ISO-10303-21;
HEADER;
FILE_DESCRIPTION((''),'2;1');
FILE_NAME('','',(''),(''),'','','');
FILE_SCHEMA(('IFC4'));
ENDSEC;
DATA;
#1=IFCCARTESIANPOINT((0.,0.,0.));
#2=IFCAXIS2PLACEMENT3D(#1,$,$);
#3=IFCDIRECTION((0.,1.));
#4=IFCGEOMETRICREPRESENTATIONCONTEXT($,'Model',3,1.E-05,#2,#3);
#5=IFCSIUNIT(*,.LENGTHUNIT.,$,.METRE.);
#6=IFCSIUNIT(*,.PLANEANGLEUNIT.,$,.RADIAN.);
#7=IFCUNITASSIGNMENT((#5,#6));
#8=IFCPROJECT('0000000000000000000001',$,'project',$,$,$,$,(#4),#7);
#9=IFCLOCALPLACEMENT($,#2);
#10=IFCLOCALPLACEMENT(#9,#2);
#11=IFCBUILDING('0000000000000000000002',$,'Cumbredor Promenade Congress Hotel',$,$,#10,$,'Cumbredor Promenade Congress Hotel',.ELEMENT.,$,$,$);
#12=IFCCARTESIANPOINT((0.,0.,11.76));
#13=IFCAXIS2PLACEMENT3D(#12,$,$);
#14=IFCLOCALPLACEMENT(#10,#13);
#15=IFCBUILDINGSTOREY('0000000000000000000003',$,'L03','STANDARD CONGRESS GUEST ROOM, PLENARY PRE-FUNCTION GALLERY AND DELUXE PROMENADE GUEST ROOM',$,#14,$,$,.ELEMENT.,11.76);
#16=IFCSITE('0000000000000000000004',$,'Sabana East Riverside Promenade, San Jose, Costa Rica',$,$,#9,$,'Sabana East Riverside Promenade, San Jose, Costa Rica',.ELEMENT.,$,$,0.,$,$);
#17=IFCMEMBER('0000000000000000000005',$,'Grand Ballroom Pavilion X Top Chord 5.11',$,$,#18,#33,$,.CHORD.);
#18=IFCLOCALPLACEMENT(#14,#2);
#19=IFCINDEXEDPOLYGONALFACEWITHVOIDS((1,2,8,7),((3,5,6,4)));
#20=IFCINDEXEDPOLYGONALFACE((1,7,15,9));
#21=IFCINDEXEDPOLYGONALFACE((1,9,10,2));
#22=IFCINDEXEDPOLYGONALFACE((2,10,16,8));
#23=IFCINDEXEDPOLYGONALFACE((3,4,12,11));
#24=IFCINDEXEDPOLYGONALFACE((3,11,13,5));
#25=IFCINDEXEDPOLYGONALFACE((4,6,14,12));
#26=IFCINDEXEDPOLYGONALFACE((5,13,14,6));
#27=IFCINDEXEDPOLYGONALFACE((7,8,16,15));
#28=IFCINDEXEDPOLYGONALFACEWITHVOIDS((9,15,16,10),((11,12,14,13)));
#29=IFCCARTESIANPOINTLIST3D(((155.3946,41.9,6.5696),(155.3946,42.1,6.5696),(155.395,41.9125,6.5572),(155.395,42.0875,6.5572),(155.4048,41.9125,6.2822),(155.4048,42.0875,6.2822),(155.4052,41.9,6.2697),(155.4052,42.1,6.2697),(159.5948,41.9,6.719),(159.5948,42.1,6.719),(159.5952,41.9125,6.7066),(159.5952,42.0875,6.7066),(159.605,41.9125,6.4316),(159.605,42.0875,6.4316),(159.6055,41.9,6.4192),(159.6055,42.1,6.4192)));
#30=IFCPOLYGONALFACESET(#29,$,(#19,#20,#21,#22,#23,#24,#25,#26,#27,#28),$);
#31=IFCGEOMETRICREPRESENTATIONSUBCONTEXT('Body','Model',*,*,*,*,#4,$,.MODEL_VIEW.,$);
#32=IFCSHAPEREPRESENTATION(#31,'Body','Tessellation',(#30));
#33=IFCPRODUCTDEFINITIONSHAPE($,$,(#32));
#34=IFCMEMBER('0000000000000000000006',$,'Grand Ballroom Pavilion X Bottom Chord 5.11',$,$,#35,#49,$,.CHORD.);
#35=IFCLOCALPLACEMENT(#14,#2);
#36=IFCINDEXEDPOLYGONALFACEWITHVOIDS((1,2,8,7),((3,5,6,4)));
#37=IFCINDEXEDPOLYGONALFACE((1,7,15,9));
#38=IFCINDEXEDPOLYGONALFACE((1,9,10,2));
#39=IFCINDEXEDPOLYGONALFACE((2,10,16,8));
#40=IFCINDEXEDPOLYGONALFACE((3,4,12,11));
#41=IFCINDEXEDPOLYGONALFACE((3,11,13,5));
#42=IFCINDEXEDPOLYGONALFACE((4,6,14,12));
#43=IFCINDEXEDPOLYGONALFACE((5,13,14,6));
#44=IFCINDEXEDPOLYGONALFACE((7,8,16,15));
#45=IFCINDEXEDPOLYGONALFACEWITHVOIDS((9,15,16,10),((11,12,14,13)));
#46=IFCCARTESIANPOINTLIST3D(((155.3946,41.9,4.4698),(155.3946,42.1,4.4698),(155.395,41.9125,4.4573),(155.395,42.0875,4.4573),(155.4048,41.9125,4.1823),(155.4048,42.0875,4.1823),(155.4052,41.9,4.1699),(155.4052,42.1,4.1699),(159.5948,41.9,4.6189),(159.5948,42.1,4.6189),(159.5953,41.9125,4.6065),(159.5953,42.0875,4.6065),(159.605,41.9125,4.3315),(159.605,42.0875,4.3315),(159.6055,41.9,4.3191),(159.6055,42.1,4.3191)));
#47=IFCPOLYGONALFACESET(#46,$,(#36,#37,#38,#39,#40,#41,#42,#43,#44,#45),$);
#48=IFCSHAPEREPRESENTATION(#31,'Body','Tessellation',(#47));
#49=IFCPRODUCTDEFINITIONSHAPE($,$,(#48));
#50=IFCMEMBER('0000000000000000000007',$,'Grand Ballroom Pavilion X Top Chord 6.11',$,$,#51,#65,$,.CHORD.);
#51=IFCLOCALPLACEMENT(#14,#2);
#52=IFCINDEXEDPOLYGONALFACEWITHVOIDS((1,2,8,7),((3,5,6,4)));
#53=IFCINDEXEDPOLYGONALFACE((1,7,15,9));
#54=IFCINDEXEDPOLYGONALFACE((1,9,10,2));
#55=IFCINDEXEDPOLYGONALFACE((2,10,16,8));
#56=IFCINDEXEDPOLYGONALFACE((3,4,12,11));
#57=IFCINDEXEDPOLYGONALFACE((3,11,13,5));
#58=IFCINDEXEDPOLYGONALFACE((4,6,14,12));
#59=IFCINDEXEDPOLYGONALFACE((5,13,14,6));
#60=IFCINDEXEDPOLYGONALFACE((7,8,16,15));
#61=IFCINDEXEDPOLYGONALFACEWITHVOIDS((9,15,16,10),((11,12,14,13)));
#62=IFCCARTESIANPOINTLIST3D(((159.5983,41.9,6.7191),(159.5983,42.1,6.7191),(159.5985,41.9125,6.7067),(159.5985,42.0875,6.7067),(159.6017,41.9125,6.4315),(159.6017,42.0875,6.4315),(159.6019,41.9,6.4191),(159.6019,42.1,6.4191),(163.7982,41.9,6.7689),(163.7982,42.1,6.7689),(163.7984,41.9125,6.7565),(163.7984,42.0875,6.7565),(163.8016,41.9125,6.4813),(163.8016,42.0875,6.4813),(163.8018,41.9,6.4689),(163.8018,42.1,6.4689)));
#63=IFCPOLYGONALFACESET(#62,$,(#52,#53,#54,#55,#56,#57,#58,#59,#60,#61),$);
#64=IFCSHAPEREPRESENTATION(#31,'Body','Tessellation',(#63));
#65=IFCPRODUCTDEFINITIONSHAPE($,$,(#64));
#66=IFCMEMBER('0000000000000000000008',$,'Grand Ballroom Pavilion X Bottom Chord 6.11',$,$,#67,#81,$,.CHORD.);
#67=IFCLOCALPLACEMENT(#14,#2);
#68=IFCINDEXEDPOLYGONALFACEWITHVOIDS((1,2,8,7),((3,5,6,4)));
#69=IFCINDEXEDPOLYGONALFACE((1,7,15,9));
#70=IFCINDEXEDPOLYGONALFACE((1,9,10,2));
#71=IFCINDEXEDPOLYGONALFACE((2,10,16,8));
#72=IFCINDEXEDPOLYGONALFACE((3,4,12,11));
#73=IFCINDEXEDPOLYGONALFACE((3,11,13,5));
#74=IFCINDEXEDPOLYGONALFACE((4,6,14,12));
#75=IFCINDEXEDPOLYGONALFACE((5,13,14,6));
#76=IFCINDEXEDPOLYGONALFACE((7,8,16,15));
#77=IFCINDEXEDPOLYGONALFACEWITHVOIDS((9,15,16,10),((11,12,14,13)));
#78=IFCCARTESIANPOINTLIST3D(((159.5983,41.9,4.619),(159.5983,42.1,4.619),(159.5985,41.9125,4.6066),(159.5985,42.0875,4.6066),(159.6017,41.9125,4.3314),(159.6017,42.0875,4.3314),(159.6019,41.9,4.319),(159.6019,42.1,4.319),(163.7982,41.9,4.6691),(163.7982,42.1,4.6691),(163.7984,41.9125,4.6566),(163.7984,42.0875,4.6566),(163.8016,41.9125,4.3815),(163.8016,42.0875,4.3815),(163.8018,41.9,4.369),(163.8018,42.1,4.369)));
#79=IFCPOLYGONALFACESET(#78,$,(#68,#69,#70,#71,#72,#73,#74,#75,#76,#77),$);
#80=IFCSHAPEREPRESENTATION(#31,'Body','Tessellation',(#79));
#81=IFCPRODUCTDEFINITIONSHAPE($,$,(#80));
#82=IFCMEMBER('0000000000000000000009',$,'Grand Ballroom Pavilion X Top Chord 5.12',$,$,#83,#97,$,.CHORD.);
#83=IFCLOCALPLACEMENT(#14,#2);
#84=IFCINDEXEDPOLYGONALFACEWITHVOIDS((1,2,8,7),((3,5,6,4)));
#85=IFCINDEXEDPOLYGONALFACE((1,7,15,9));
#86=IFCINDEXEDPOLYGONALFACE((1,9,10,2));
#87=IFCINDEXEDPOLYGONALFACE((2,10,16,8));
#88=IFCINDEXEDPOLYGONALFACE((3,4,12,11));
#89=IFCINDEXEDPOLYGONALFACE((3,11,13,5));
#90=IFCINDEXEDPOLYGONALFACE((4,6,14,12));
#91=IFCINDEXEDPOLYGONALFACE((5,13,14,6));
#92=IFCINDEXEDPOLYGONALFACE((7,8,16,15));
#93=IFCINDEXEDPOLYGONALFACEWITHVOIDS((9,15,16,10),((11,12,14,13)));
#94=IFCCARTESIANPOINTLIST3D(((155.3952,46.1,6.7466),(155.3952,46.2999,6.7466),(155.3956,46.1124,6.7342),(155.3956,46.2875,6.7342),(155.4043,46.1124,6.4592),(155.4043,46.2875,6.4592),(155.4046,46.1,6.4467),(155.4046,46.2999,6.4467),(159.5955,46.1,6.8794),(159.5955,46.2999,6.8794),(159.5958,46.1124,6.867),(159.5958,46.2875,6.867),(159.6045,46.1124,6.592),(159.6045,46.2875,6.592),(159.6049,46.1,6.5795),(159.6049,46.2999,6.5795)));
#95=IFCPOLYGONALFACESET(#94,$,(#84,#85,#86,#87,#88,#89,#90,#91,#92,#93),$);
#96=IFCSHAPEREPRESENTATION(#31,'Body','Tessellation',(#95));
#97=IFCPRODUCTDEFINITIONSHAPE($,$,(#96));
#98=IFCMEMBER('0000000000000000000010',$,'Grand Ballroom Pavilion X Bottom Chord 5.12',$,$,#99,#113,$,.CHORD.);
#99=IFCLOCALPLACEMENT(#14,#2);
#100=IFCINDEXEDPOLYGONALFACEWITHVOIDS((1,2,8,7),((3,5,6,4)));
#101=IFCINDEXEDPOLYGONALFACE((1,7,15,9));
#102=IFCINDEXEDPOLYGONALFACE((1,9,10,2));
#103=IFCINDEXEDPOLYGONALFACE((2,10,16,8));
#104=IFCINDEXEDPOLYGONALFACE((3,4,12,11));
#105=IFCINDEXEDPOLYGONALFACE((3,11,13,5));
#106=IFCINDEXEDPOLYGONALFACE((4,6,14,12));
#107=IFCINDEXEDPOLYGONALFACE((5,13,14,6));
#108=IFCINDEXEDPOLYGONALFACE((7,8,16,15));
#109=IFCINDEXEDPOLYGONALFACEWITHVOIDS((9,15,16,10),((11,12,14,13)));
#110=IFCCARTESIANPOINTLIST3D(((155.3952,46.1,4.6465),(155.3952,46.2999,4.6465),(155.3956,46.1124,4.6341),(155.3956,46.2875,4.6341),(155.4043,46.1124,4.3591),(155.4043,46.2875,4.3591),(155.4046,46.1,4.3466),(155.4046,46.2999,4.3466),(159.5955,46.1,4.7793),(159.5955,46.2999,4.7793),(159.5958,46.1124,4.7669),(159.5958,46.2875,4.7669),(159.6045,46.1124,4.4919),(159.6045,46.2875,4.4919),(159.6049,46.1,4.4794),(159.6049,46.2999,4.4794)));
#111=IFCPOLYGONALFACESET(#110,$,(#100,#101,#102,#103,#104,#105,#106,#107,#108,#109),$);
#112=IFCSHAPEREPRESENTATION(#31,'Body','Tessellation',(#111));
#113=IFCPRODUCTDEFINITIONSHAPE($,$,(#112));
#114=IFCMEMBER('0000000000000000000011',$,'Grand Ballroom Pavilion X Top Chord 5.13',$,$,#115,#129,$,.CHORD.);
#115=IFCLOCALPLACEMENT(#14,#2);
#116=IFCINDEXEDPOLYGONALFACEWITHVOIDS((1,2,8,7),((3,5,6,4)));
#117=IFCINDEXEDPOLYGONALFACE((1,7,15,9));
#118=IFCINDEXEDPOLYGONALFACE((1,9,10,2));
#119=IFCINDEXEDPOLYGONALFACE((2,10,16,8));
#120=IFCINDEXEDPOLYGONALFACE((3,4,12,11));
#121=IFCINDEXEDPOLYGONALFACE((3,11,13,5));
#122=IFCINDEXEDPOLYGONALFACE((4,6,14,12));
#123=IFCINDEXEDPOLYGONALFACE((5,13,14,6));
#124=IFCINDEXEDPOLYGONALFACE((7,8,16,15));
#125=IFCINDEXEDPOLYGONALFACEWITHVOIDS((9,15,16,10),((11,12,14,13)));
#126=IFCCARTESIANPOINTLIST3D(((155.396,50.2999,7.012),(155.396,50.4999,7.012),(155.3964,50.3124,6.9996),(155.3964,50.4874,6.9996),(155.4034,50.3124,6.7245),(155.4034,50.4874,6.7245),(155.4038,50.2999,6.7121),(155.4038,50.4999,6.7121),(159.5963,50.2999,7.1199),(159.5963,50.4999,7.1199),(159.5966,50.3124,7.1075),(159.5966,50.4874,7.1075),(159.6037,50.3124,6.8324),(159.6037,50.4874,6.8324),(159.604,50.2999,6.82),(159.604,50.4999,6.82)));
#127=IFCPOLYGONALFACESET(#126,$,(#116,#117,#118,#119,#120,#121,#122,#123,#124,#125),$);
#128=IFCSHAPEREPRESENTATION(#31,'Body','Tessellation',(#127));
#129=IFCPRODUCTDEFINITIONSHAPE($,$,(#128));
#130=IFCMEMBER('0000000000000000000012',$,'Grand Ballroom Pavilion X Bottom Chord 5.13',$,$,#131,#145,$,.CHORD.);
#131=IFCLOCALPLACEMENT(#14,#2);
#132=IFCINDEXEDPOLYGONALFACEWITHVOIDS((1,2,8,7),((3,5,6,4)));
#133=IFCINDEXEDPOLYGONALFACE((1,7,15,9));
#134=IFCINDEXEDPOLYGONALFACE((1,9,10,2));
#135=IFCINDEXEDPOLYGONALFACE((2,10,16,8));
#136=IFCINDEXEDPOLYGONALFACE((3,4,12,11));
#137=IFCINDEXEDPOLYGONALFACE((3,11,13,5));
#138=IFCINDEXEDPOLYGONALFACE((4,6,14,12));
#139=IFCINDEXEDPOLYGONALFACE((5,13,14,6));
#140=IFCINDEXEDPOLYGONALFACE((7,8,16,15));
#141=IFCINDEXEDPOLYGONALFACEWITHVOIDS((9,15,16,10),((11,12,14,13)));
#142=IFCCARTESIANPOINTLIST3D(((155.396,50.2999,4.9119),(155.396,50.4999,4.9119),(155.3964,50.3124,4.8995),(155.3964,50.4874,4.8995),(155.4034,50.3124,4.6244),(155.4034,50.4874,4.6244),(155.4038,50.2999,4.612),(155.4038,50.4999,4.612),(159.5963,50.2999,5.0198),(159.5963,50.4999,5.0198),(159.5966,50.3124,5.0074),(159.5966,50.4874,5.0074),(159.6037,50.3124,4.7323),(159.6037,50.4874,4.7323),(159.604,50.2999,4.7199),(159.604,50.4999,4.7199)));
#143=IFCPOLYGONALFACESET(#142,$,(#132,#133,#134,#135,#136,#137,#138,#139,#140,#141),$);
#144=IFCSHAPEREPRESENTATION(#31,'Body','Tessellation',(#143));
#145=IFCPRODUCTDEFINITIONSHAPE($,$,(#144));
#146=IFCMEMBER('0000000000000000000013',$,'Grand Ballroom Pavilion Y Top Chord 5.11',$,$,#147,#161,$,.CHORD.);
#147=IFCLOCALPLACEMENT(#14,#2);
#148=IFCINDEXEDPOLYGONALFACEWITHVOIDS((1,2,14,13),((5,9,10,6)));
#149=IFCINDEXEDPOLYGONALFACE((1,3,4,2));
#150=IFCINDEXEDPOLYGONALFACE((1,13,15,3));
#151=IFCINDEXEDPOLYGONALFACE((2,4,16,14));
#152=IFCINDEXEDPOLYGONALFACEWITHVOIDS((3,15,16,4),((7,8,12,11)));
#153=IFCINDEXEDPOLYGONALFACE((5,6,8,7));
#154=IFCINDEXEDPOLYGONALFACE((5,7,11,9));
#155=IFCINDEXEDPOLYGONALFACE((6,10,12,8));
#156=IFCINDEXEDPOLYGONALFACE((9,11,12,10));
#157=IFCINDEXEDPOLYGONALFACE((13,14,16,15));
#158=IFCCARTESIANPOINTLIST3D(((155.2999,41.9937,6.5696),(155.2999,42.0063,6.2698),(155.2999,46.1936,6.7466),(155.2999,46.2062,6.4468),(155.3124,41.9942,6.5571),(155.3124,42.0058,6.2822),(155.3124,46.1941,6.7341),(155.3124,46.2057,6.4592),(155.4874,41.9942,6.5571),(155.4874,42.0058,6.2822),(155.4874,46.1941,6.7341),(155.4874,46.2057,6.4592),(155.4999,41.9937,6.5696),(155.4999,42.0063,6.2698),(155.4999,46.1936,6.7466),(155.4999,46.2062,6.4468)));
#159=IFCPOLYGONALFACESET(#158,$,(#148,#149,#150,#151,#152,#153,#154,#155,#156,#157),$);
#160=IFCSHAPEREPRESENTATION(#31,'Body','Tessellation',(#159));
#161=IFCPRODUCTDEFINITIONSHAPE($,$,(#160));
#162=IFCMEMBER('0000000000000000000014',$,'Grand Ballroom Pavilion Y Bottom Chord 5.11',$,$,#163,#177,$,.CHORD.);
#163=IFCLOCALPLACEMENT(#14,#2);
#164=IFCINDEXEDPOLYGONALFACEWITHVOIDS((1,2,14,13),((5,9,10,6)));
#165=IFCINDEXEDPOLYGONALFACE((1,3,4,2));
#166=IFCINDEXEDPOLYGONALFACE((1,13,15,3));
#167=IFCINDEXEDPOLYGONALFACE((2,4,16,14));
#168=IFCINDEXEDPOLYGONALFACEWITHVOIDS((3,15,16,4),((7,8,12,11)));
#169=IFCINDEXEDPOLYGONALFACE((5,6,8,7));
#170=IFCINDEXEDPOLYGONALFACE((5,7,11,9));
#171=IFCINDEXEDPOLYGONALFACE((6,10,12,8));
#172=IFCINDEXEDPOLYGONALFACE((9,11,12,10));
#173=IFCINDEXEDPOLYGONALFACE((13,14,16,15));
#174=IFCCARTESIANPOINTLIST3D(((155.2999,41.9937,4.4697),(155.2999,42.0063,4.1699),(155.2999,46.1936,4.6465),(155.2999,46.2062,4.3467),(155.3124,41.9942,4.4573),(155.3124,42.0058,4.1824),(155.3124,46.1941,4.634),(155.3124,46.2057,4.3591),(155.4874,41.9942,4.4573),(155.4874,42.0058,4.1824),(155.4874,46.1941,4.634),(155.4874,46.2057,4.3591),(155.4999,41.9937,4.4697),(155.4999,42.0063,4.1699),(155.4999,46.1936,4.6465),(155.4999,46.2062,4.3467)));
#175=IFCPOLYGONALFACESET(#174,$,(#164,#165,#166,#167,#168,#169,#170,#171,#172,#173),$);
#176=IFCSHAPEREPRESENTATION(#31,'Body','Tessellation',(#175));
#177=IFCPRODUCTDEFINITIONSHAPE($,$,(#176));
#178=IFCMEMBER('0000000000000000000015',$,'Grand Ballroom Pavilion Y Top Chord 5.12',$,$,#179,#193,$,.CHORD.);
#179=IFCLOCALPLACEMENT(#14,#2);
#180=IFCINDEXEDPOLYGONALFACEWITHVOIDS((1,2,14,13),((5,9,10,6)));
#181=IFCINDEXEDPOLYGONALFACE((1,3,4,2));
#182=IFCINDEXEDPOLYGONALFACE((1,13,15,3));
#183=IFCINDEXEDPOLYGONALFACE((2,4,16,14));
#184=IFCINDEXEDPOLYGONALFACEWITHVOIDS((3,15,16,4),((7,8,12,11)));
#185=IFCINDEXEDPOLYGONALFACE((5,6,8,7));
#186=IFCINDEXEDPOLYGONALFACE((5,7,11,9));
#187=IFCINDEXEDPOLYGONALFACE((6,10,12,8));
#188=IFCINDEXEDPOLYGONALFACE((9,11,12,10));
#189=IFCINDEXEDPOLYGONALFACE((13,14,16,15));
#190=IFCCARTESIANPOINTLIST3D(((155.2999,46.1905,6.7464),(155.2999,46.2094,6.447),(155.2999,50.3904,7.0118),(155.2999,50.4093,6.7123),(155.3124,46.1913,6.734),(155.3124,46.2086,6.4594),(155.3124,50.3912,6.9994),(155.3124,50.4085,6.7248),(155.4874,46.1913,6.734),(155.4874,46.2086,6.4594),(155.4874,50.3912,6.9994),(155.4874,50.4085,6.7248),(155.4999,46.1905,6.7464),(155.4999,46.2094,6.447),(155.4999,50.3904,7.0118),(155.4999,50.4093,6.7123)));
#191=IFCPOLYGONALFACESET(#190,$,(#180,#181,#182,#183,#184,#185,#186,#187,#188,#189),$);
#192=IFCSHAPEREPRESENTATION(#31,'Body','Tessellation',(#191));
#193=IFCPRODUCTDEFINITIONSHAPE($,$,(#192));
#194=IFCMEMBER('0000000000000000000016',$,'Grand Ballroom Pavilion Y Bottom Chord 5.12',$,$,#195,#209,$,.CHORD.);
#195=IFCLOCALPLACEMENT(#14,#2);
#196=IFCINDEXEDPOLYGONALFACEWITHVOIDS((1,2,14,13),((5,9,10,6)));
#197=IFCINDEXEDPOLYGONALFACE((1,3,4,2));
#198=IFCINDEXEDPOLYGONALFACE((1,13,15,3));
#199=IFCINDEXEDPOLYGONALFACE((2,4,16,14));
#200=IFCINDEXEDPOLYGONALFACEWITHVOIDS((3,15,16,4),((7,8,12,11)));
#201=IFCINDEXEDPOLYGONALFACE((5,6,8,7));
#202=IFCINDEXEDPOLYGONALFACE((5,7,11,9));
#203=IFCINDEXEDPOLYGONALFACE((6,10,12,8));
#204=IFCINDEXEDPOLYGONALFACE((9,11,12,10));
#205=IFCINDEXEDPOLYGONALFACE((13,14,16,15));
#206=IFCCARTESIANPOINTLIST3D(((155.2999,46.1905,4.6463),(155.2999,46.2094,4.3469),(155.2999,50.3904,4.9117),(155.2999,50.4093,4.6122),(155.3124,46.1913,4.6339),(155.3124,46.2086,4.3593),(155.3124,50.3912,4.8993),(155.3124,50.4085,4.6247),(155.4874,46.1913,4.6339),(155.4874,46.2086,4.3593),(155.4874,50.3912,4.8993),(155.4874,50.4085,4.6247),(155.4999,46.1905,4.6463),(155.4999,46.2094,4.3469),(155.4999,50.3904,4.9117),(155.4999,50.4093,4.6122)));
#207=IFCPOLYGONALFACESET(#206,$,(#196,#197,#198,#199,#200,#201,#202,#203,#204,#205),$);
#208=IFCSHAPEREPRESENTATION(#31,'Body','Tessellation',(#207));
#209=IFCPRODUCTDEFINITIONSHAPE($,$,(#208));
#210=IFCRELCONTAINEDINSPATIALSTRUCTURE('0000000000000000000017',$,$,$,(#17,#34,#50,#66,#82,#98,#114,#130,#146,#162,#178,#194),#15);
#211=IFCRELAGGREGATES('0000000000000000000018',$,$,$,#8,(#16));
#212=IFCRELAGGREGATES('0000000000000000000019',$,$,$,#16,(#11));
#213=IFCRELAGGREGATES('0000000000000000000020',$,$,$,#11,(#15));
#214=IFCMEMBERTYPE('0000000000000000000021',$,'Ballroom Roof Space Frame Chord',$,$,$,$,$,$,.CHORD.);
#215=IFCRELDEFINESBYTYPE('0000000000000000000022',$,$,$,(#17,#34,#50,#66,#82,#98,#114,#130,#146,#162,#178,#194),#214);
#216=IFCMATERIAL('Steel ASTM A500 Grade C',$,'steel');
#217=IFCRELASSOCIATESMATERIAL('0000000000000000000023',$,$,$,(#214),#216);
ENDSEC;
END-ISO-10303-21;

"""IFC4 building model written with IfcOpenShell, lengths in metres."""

from ifc_helpers import new_model, si_unit, direction, frame, origin, origin_2d, place, context, subcontext, project, spatial, hollow_rectangle, extrude, material, material_profile, profile_set, type_object, element, save


model = new_model("IFC4")

# Units and contexts
model_context = context("Model", 3, precision=1e-05, world=origin(), true_north=direction((0.0, 1.0)))
body_context = subcontext(model_context, "Body", "Model", "MODEL_VIEW")
ifc_project = project(units=[si_unit("LENGTHUNIT", "METRE"), si_unit("PLANEANGLEUNIT", "RADIAN")], contexts=[model_context])

# Site, building, storey
site_placement = place(None, origin())
site = spatial("IfcSite", under=ifc_project, at=site_placement, Name="Sabana East Riverside Promenade, San Jose, Costa Rica", LongName="Sabana East Riverside Promenade, San Jose, Costa Rica", CompositionType="ELEMENT", RefElevation=0.0)
building_placement = place(site_placement, origin())
building = spatial("IfcBuilding", under=site, at=building_placement, Name="Cumbredor Promenade Congress Hotel", LongName="Cumbredor Promenade Congress Hotel", CompositionType="ELEMENT")
storey_placement = place(building_placement, frame((0.0, 0.0, 11.76)))
storey = spatial("IfcBuildingStorey", under=building, at=storey_placement, Name="L03", Description="STANDARD CONGRESS GUEST ROOM, PLENARY PRE-FUNCTION GALLERY AND DELUXE PROMENADE GUEST ROOM", CompositionType="ELEMENT", Elevation=11.76)

# Members
ifc_material_1 = material(Name="Steel ASTM A500 Grade C", Category="steel")
ifc_material_profile_1 = material_profile(ifc_material_1, hollow_rectangle(XDim=0.2, YDim=0.3, WallThickness=0.0125, at=origin_2d()), Name="HSS 300x200x12.5")
ifc_profile_set_1 = profile_set([ifc_material_profile_1], Name="Steel ASTM A500 Grade C")
member_type_1 = type_object("IfcMemberType", Name="Ballroom Roof Space Frame Chord", PredefinedType="CHORD", material=ifc_profile_set_1)
for number, where, z_axis, x_axis, name in (
    (1, (155.3999, 42.0, 6.4197), (0.999368, 0.0, 0.035551), (0.0, 1.0, 0.0), "Grand Ballroom Pavilion X Top Chord 5.11"),
    (2, (155.3999, 42.0, 4.3198), (0.99937, 0.0, 0.035493), (0.0, 1.0, 0.0), "Grand Ballroom Pavilion X Bottom Chord 5.11"),
):
    element("IfcMember", number, at=place(storey_placement, frame(where, z_axis=z_axis, x_axis=x_axis)), inside=storey, type_object=member_type_1, Name=name, PredefinedType="CHORD", context=body_context, shape_type="SweptSolid", body=[
        extrude(hollow_rectangle(XDim=0.2, YDim=0.3, WallThickness=0.0125, at=origin_2d()), origin(), (0.0, 0.0, 1.0), 4.2029),
    ])
for number, where, z_axis, x_axis, name in (
    (3, (159.6001, 42.0, 6.5691), (0.99993, 0.0, 0.011858), (0.0, 1.0, 0.0), "Grand Ballroom Pavilion X Top Chord 6.11"),
    (4, (159.6001, 42.0, 4.469), (0.999929, 0.0, 0.011916), (0.0, 1.0, 0.0), "Grand Ballroom Pavilion X Bottom Chord 6.11"),
):
    element("IfcMember", number, at=place(storey_placement, frame(where, z_axis=z_axis, x_axis=x_axis)), inside=storey, type_object=member_type_1, Name=name, PredefinedType="CHORD", context=body_context, shape_type="SweptSolid", body=[
        extrude(hollow_rectangle(XDim=0.2, YDim=0.3, WallThickness=0.0125, at=origin_2d()), origin(), (0.0, 0.0, 1.0), 4.2002),
    ])
for number, where, z_axis, x_axis, name in (
    (5, (155.3999, 46.2, 6.5967), (0.9995, 0.0, 0.031605), (0.0, 1.0, 0.0), "Grand Ballroom Pavilion X Top Chord 5.12"),
    (6, (155.3999, 46.2, 4.4966), (0.9995, 0.0, 0.031605), (0.0, 1.0, 0.0), "Grand Ballroom Pavilion X Bottom Chord 5.12"),
):
    element("IfcMember", number, at=place(storey_placement, frame(where, z_axis=z_axis, x_axis=x_axis)), inside=storey, type_object=member_type_1, Name=name, PredefinedType="CHORD", context=body_context, shape_type="SweptSolid", body=[
        extrude(hollow_rectangle(XDim=0.2, YDim=0.3, WallThickness=0.0125, at=origin_2d()), origin(), (0.0, 0.0, 1.0), 4.2024),
    ])
for number, where, z_axis, x_axis, name in (
    (7, (155.3999, 50.3999, 6.8621), (0.99967, 0.0, 0.025683), (0.0, 1.0, 0.0), "Grand Ballroom Pavilion X Top Chord 5.13"),
    (8, (155.3999, 50.3999, 4.762), (0.99967, 0.0, 0.025683), (0.0, 1.0, 0.0), "Grand Ballroom Pavilion X Bottom Chord 5.13"),
):
    element("IfcMember", number, at=place(storey_placement, frame(where, z_axis=z_axis, x_axis=x_axis)), inside=storey, type_object=member_type_1, Name=name, PredefinedType="CHORD", context=body_context, shape_type="SweptSolid", body=[
        extrude(hollow_rectangle(XDim=0.2, YDim=0.3, WallThickness=0.0125, at=origin_2d()), origin(), (0.0, 0.0, 1.0), 4.2017),
    ])
for number, where, z_axis, x_axis, name in (
    (9, (155.3999, 42.0, 6.4197), (0.0, 0.999113, 0.042106), (-1.0, 0.0, 0.0), "Grand Ballroom Pavilion Y Top Chord 5.11"),
    (10, (155.3999, 42.0, 4.3198), (0.0, 0.999116, 0.042048), (-1.0, 0.0, 0.0), "Grand Ballroom Pavilion Y Bottom Chord 5.11"),
):
    element("IfcMember", number, at=place(storey_placement, frame(where, z_axis=z_axis, x_axis=x_axis)), inside=storey, type_object=member_type_1, Name=name, PredefinedType="CHORD", context=body_context, shape_type="SweptSolid", body=[
        extrude(hollow_rectangle(XDim=0.2, YDim=0.3, WallThickness=0.0125, at=origin_2d()), origin(), (0.0, 0.0, 1.0), 4.2036),
    ])
for number, where, z_axis, x_axis, name in (
    (11, (155.3999, 46.2, 6.5967), (0.0, 0.99801, 0.063061), (-1.0, 0.0, 0.0), "Grand Ballroom Pavilion Y Top Chord 5.12"),
    (12, (155.3999, 46.2, 4.4966), (0.0, 0.99801, 0.063061), (-1.0, 0.0, 0.0), "Grand Ballroom Pavilion Y Bottom Chord 5.12"),
):
    element("IfcMember", number, at=place(storey_placement, frame(where, z_axis=z_axis, x_axis=x_axis)), inside=storey, type_object=member_type_1, Name=name, PredefinedType="CHORD", context=body_context, shape_type="SweptSolid", body=[
        extrude(hollow_rectangle(XDim=0.2, YDim=0.3, WallThickness=0.0125, at=origin_2d()), origin(), (0.0, 0.0, 1.0), 4.2083),
    ])

save(model, "model.ifc")
